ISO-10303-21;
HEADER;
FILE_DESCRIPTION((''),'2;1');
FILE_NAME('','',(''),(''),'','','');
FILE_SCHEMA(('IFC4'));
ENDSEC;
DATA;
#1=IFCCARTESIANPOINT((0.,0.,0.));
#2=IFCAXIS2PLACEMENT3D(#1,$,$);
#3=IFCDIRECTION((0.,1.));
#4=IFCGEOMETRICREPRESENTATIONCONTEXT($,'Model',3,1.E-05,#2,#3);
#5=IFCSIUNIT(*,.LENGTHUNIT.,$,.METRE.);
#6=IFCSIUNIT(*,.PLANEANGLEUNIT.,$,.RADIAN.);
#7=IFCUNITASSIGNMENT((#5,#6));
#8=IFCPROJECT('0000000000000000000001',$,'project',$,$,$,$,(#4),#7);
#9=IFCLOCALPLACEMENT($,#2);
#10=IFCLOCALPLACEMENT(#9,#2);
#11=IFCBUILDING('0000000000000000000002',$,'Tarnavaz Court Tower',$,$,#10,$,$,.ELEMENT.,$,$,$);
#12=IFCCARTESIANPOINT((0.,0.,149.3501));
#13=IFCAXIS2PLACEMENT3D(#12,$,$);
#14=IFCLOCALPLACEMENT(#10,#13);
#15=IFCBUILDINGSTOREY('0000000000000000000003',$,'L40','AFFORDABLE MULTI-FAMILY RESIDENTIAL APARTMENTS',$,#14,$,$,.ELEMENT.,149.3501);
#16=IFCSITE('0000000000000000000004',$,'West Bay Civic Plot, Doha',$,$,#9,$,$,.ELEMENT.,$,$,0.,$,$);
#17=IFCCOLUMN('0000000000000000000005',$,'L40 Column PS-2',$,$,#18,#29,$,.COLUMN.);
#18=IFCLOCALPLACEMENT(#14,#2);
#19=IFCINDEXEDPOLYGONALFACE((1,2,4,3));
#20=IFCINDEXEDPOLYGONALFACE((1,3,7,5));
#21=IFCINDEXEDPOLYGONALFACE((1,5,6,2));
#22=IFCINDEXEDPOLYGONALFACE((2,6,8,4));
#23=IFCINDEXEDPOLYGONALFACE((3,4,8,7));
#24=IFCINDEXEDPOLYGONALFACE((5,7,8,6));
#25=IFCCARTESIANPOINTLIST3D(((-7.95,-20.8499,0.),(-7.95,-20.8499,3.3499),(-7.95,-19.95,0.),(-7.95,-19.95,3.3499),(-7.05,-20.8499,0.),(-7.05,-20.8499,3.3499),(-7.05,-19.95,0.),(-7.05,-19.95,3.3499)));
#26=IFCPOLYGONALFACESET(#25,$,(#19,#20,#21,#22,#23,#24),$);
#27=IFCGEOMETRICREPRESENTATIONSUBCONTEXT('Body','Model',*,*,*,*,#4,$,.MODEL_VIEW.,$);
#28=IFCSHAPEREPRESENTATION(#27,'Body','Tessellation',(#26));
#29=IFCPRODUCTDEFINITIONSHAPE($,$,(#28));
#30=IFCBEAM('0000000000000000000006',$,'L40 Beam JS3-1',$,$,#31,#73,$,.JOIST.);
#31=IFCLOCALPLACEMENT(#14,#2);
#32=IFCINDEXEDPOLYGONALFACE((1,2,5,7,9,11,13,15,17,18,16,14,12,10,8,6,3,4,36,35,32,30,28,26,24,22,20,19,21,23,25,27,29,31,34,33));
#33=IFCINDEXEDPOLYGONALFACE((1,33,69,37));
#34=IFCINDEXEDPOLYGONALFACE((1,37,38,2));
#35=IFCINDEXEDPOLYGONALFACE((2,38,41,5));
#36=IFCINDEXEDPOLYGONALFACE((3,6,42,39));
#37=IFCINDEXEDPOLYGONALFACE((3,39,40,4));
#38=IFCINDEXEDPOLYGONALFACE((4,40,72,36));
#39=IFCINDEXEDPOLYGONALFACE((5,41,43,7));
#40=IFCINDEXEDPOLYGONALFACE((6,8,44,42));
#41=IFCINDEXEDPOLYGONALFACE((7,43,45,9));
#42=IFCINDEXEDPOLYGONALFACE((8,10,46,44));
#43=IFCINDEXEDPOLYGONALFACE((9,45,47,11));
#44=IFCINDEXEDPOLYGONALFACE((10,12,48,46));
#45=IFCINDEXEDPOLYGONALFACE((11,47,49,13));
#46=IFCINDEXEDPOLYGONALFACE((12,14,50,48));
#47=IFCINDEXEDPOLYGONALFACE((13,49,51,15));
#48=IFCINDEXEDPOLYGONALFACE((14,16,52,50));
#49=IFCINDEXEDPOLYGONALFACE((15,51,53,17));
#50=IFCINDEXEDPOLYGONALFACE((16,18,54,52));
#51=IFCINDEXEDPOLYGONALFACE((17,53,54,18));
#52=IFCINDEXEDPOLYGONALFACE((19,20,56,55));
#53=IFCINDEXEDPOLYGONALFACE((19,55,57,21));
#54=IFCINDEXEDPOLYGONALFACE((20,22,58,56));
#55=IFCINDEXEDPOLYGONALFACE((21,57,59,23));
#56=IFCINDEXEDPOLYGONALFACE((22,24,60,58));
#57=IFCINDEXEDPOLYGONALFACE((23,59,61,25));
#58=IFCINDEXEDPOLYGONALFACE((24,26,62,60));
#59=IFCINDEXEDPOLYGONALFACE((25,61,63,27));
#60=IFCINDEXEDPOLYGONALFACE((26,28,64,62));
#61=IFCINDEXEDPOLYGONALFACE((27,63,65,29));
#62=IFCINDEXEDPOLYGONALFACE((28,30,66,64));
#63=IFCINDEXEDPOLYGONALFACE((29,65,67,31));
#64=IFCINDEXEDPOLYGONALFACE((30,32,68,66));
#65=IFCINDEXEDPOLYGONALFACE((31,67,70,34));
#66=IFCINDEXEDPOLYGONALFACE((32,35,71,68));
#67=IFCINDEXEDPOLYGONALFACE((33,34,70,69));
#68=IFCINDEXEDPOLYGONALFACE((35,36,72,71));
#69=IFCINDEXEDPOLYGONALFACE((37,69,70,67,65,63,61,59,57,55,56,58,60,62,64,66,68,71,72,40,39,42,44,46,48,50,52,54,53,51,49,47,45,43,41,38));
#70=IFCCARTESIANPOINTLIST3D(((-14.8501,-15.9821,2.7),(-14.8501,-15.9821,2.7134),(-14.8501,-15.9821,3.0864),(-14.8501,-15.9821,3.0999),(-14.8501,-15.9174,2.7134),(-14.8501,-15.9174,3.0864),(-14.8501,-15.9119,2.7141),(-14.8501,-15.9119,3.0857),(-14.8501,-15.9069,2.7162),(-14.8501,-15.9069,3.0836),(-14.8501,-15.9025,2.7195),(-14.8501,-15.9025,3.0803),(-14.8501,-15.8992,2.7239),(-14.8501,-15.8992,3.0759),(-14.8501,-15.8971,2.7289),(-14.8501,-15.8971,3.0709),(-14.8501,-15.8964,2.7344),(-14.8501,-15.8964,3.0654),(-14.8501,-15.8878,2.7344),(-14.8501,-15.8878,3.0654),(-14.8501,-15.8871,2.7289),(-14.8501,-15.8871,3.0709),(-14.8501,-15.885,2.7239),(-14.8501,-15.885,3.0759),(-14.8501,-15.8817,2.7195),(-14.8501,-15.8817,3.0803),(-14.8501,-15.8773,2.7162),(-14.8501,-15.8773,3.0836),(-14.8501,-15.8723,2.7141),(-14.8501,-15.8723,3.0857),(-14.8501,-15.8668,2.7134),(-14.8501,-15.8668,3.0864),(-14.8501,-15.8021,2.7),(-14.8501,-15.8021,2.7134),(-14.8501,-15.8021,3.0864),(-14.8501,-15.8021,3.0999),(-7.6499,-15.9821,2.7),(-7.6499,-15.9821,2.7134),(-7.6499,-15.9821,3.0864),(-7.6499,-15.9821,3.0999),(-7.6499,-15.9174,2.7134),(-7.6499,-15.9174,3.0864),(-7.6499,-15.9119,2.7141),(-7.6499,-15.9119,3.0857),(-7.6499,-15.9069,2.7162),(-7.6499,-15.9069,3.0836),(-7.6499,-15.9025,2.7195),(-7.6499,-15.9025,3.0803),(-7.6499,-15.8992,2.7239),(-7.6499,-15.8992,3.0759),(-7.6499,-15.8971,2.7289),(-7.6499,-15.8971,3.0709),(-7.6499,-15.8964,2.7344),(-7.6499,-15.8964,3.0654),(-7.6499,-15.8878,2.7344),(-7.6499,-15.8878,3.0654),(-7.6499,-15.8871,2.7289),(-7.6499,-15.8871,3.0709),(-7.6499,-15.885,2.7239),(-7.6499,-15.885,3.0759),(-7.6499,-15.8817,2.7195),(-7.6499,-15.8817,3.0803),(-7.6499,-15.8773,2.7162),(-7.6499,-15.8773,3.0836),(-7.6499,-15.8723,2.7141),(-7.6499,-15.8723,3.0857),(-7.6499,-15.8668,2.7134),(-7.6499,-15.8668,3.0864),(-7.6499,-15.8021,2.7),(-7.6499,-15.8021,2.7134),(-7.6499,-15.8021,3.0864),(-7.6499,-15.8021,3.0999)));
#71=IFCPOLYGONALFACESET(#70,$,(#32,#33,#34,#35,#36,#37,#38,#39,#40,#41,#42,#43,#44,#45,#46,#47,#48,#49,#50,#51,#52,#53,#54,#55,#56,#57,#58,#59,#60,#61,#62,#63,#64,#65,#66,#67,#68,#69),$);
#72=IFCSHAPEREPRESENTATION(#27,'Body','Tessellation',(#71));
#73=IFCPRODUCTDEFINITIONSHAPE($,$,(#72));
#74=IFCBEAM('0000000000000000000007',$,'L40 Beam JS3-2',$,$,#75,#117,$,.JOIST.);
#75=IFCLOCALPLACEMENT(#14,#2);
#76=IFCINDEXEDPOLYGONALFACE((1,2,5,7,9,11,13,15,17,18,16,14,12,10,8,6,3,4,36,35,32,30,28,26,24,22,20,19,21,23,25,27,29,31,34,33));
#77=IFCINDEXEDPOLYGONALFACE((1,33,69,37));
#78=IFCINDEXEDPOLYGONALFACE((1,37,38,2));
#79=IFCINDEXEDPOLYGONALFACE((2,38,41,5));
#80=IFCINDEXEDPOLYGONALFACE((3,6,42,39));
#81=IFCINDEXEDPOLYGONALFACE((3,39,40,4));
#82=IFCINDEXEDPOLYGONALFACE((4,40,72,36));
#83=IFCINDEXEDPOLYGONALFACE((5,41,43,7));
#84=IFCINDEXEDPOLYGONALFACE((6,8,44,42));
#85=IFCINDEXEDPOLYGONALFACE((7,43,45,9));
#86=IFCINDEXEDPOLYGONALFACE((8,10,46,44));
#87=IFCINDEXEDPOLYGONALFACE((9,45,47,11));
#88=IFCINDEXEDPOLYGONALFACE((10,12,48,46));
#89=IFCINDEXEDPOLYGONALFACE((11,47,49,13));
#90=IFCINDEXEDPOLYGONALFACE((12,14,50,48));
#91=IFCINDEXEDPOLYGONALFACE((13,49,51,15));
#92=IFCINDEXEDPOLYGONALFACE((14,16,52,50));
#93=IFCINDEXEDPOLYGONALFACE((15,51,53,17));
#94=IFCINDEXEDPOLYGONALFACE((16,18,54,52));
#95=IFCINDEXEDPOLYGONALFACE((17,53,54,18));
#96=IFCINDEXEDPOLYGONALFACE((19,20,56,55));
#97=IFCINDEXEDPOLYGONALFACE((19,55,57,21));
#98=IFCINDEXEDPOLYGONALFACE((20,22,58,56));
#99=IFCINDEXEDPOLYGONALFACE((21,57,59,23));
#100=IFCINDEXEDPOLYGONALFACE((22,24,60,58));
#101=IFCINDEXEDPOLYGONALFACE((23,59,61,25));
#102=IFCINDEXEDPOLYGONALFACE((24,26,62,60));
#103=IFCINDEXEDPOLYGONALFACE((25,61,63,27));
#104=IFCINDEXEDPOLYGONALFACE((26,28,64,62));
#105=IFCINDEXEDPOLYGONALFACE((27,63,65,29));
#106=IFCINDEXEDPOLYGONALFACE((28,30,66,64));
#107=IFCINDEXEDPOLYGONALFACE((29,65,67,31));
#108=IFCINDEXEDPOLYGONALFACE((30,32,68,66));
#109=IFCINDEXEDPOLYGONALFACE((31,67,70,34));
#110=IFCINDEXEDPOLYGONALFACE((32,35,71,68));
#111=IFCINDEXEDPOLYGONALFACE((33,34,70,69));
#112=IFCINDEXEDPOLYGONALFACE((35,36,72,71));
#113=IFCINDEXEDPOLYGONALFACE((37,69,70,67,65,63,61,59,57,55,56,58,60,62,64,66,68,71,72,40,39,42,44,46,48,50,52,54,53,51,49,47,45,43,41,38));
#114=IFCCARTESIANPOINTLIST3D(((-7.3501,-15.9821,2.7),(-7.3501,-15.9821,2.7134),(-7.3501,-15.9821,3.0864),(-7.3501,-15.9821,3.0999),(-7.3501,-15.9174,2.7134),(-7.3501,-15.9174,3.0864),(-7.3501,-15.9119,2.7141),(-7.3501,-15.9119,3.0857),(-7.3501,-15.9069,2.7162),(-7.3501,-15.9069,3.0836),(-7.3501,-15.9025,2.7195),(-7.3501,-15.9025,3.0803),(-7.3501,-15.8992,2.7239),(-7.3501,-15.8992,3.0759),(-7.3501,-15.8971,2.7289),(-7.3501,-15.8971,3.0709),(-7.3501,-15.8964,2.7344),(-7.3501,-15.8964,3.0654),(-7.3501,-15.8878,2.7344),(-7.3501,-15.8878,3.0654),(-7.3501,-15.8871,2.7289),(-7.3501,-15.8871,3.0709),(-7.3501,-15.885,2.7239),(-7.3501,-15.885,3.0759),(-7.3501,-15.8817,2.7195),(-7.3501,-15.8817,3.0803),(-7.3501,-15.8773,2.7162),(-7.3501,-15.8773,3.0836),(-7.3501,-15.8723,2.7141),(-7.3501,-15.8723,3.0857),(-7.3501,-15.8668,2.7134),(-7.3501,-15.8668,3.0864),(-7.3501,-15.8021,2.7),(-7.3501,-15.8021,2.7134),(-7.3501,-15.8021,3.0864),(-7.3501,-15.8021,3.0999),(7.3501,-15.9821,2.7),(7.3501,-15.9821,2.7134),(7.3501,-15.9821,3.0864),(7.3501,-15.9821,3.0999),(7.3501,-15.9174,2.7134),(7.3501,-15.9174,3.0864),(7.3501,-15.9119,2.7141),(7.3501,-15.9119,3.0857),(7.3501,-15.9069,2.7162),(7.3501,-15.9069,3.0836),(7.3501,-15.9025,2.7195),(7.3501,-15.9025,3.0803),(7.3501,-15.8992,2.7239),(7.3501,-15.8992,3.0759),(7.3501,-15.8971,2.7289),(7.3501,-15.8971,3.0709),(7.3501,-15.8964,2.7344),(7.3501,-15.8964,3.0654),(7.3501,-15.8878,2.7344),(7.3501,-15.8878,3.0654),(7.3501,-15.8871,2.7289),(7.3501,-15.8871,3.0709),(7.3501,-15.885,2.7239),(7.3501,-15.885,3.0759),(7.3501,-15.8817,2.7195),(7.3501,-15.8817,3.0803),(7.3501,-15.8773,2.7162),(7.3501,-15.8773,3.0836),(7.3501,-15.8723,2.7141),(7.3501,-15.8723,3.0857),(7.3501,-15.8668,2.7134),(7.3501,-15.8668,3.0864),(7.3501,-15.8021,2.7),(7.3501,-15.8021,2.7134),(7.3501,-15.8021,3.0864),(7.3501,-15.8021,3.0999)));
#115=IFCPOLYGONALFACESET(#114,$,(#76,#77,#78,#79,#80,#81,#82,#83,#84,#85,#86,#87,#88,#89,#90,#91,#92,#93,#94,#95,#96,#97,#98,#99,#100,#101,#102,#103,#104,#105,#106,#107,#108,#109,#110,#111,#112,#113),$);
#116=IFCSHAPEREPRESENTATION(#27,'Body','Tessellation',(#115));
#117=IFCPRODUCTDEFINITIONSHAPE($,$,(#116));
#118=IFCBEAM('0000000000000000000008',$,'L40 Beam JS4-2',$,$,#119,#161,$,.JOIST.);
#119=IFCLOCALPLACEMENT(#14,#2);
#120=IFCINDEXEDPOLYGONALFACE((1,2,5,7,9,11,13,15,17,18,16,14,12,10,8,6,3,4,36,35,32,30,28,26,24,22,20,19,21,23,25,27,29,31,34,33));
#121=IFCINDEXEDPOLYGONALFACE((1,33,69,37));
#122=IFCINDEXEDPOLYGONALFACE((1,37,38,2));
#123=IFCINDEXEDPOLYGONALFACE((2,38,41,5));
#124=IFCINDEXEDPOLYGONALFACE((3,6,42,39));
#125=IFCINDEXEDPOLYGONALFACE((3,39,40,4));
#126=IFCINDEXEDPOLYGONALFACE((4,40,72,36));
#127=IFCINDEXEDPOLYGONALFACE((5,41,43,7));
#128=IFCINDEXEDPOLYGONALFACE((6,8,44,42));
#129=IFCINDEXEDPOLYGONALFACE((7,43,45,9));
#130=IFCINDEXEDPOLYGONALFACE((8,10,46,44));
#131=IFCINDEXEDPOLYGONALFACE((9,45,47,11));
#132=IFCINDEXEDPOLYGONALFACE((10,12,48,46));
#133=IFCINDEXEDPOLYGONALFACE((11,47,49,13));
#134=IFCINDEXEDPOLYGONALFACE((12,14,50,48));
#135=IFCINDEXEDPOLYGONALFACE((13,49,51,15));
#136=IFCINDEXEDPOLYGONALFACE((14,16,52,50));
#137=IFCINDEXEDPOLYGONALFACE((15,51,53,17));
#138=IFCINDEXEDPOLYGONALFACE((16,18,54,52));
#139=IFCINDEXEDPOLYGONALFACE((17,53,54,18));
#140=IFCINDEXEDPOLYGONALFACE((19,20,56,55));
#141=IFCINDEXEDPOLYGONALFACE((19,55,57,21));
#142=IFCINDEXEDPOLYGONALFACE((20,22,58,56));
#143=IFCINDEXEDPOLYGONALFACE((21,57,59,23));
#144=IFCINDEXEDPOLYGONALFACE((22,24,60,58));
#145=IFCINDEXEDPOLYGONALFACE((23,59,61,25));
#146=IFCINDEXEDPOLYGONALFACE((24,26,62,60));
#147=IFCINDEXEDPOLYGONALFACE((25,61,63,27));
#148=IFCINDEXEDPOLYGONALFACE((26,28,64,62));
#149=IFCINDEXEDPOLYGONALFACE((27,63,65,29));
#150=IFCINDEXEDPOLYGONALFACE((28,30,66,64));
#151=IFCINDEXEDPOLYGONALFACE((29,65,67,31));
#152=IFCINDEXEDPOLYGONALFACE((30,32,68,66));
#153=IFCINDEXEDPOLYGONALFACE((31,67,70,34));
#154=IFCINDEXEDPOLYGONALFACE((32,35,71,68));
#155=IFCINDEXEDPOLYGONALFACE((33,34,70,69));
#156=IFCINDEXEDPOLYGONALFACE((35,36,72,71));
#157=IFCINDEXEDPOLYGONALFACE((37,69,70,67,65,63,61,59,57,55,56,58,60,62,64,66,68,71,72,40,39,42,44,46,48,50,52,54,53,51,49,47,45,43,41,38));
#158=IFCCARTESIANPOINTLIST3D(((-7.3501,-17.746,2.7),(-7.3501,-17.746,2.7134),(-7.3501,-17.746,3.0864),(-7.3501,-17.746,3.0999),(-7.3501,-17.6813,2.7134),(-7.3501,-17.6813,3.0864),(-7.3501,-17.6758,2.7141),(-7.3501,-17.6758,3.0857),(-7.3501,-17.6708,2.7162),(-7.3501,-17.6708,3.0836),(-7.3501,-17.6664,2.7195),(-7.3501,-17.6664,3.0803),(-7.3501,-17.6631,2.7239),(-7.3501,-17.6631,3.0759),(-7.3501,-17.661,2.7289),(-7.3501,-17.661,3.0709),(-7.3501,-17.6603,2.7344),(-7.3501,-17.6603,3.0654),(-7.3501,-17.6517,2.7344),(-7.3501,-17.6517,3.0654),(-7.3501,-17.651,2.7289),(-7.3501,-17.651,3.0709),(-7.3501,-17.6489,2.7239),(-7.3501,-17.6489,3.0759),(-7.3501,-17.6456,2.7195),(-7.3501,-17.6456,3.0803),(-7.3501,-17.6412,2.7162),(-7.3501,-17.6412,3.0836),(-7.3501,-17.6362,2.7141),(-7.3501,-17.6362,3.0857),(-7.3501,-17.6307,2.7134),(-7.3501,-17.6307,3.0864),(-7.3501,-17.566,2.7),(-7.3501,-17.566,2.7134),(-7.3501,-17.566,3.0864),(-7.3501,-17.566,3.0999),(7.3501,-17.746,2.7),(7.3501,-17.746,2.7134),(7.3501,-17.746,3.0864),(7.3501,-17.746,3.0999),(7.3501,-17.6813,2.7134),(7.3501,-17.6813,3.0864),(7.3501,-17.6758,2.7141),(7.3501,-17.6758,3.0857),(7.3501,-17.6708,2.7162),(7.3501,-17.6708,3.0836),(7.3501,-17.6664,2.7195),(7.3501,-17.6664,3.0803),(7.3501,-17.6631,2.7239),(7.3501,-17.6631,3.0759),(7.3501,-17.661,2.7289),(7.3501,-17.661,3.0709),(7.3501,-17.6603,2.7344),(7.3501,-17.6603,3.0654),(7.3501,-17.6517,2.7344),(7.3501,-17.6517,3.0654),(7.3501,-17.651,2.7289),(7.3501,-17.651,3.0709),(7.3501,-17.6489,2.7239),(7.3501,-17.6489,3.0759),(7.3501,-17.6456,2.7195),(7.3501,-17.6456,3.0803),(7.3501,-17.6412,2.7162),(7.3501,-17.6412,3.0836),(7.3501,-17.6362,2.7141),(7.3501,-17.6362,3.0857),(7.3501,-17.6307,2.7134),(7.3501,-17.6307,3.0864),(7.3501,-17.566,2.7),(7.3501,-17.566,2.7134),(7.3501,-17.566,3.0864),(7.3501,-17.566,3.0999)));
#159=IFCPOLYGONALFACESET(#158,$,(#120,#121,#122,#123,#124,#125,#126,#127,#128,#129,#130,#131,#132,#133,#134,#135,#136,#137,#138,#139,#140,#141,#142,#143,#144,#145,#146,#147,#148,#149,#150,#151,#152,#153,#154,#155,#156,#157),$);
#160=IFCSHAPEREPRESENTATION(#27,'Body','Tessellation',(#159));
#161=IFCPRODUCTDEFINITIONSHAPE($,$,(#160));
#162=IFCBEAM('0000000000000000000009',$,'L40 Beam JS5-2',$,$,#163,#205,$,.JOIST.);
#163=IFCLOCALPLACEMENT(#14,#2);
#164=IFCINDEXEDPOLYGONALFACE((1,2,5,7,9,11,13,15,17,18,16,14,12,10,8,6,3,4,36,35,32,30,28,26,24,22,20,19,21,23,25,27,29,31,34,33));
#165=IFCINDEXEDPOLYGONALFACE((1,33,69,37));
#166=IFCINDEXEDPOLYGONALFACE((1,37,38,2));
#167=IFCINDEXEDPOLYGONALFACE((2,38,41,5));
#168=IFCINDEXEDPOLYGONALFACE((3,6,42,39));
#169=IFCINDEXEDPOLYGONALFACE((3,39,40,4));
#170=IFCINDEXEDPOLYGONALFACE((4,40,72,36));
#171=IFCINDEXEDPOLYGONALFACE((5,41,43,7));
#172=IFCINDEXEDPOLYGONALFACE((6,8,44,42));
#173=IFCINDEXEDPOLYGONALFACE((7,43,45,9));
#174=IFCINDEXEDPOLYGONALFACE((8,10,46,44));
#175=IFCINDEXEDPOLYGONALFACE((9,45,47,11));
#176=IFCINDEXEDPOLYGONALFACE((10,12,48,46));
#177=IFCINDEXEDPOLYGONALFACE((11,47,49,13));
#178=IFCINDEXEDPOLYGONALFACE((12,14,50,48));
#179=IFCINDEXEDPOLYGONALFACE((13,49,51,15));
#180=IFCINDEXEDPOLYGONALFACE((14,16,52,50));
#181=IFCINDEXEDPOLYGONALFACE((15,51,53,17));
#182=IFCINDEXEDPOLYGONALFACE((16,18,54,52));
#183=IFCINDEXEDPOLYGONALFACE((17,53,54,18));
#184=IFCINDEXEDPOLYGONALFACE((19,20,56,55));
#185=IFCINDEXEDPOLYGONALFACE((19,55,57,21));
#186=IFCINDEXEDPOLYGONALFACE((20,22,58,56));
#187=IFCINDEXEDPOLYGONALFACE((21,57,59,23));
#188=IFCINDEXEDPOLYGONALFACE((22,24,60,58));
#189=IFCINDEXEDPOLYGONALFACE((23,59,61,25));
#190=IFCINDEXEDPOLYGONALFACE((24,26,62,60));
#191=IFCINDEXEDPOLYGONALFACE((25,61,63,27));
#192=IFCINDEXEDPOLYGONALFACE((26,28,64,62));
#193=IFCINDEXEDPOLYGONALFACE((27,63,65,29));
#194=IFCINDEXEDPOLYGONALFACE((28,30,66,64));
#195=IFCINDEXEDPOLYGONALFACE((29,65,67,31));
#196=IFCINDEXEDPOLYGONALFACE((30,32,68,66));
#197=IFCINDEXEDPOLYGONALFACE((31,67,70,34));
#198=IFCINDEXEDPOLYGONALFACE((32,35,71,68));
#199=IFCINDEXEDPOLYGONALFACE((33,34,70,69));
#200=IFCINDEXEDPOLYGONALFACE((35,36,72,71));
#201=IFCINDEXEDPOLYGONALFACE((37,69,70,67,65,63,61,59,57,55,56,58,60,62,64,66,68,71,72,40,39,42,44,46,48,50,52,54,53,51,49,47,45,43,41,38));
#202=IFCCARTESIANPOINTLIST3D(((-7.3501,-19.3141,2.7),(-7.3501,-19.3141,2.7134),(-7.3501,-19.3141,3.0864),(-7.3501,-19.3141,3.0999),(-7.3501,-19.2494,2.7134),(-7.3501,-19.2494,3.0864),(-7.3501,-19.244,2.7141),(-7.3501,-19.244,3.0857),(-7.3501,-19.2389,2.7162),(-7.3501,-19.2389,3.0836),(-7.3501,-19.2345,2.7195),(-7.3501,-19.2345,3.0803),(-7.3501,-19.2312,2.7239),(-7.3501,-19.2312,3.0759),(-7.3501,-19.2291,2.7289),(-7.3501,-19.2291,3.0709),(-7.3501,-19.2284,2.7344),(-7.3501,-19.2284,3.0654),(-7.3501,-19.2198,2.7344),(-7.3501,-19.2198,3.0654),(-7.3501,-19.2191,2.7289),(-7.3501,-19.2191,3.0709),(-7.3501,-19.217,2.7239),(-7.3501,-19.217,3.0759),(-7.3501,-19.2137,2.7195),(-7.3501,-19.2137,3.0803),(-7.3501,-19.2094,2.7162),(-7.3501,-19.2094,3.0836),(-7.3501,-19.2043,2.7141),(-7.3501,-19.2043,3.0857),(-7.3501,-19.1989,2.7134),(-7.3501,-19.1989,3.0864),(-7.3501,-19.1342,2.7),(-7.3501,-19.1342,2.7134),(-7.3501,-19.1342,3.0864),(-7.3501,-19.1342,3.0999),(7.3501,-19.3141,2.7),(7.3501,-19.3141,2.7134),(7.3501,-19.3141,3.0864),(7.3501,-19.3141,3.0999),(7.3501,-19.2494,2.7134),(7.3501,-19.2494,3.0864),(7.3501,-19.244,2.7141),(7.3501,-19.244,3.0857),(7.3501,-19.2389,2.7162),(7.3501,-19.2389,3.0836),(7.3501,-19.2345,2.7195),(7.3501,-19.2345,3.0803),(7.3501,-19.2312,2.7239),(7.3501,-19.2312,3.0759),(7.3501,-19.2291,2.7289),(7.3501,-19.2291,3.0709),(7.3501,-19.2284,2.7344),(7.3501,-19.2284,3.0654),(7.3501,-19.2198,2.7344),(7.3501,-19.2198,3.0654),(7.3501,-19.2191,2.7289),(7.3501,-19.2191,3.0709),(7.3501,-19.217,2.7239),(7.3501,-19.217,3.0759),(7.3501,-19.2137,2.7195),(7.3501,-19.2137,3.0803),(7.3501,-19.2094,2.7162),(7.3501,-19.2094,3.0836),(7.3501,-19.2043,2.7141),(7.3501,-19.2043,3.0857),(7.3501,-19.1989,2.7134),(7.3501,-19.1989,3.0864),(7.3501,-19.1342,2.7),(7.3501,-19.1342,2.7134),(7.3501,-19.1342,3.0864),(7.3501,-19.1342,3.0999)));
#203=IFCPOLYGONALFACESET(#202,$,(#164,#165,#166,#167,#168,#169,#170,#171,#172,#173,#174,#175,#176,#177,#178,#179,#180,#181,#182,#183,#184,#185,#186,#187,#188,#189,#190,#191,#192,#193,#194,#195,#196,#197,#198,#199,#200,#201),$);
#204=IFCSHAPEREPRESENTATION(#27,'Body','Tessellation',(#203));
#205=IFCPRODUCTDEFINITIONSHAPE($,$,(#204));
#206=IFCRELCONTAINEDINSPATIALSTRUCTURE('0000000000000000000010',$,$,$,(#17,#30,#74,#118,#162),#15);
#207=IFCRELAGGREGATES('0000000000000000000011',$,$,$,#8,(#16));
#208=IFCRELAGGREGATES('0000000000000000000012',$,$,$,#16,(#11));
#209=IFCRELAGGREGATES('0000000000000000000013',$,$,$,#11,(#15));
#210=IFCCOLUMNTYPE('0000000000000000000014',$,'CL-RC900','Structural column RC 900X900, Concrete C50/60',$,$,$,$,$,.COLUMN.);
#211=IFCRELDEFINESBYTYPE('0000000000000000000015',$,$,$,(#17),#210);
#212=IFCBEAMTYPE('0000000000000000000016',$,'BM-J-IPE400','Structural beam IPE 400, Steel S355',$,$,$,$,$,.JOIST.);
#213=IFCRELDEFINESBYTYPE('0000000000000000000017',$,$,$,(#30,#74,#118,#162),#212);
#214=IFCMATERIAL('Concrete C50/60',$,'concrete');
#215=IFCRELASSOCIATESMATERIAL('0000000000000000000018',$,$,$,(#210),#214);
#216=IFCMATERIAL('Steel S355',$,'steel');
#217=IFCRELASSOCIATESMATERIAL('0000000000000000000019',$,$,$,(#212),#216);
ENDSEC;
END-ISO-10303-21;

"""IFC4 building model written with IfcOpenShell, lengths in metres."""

from ifc_helpers import new_model, si_unit, direction, frame, origin, origin_2d, place, context, subcontext, project, spatial, rectangle, i_section, extrude, material, material_profile, profile_set, type_object, element, save


model = new_model("IFC4")

# Units and contexts
model_context = context("Model", 3, precision=1e-05, world=origin(), true_north=direction((0.0, 1.0)))
body_context = subcontext(model_context, "Body", "Model", "MODEL_VIEW")
ifc_project = project(units=[si_unit("LENGTHUNIT", "METRE"), si_unit("PLANEANGLEUNIT", "RADIAN")], contexts=[model_context])

# Site, building, storey
site_placement = place(None, origin())
site = spatial("IfcSite", under=ifc_project, at=site_placement, Name="West Bay Civic Plot, Doha", CompositionType="ELEMENT", RefElevation=0.0)
building_placement = place(site_placement, origin())
building = spatial("IfcBuilding", under=site, at=building_placement, Name="Tarnavaz Court Tower", CompositionType="ELEMENT")
storey_placement = place(building_placement, frame((0.0, 0.0, 149.3501)))
storey = spatial("IfcBuildingStorey", under=building, at=storey_placement, Name="L40", Description="AFFORDABLE MULTI-FAMILY RESIDENTIAL APARTMENTS", CompositionType="ELEMENT", Elevation=149.3501)

# Column
ifc_material_1 = material(Name="Concrete C50/60", Category="concrete")
ifc_material_profile_1 = material_profile(ifc_material_1, rectangle(XDim=0.8999, YDim=0.8999, at=origin_2d()), Name="RC 900X900")
ifc_profile_set_1 = profile_set([ifc_material_profile_1], Name="Concrete C50/60")
column_type = type_object("IfcColumnType", Name="CL-RC900", Description="Structural column RC 900X900, Concrete C50/60", PredefinedType="COLUMN", material=ifc_profile_set_1)
column_placement = place(storey_placement, frame((-7.5, -20.3999, 0.0), z_axis=(0.0, 0.0, 1.0), x_axis=(1.0, 0.0, 0.0)))
element("IfcColumn", 1, at=column_placement, inside=storey, type_object=column_type, Name="L40 Column PS-2", PredefinedType="COLUMN", context=body_context, shape_type="SweptSolid", body=[
    extrude(rectangle(XDim=0.8999, YDim=0.8999, at=origin_2d()), origin(), (0.0, 0.0, 1.0), 3.3499),
])

# Beams
ifc_material_2 = material(Name="Steel S355", Category="steel")
ifc_material_profile_2 = material_profile(ifc_material_2, i_section(OverallWidth=0.1799, OverallDepth=0.3999, WebThickness=0.0085, FlangeThickness=0.0134, FilletRadius=0.021, at=origin_2d()), Name="IPE 400")
ifc_profile_set_2 = profile_set([ifc_material_profile_2], Name="Steel S355")
beam_type_1 = type_object("IfcBeamType", Name="BM-J-IPE400", Description="Structural beam IPE 400, Steel S355", PredefinedType="JOIST", material=ifc_profile_set_2)
beam_1_placement = place(storey_placement, frame((-14.8501, -15.8921, 2.8999), z_axis=(1.0, 0.0, 0.0), x_axis=(0.0, 1.0, 0.0)))
element("IfcBeam", 2, at=beam_1_placement, inside=storey, type_object=beam_type_1, Name="L40 Beam JS3-1", PredefinedType="JOIST", context=body_context, shape_type="SweptSolid", body=[
    extrude(i_section(OverallWidth=0.1799, OverallDepth=0.3999, WebThickness=0.0085, FlangeThickness=0.0134, FilletRadius=0.021, at=origin_2d()), origin(), (0.0, 0.0, 1.0), 7.2002),
])
for number, where, z_axis, x_axis, name in (
    (3, (-7.3501, -15.8921, 2.8999), (1.0, 0.0, 0.0), (0.0, 1.0, 0.0), "L40 Beam JS3-2"),
    (4, (-7.3501, -17.656, 2.8999), (1.0, 0.0, 0.0), (0.0, 1.0, 0.0), "L40 Beam JS4-2"),
    (5, (-7.3501, -19.2241, 2.8999), (1.0, 0.0, 0.0), (0.0, 1.0, 0.0), "L40 Beam JS5-2"),
):
    element("IfcBeam", number, at=place(storey_placement, frame(where, z_axis=z_axis, x_axis=x_axis)), inside=storey, type_object=beam_type_1, Name=name, PredefinedType="JOIST", context=body_context, shape_type="SweptSolid", body=[
        extrude(i_section(OverallWidth=0.1799, OverallDepth=0.3999, WebThickness=0.0085, FlangeThickness=0.0134, FilletRadius=0.021, at=origin_2d()), origin(), (0.0, 0.0, 1.0), 14.7002),
    ])

save(model, "model.ifc")
